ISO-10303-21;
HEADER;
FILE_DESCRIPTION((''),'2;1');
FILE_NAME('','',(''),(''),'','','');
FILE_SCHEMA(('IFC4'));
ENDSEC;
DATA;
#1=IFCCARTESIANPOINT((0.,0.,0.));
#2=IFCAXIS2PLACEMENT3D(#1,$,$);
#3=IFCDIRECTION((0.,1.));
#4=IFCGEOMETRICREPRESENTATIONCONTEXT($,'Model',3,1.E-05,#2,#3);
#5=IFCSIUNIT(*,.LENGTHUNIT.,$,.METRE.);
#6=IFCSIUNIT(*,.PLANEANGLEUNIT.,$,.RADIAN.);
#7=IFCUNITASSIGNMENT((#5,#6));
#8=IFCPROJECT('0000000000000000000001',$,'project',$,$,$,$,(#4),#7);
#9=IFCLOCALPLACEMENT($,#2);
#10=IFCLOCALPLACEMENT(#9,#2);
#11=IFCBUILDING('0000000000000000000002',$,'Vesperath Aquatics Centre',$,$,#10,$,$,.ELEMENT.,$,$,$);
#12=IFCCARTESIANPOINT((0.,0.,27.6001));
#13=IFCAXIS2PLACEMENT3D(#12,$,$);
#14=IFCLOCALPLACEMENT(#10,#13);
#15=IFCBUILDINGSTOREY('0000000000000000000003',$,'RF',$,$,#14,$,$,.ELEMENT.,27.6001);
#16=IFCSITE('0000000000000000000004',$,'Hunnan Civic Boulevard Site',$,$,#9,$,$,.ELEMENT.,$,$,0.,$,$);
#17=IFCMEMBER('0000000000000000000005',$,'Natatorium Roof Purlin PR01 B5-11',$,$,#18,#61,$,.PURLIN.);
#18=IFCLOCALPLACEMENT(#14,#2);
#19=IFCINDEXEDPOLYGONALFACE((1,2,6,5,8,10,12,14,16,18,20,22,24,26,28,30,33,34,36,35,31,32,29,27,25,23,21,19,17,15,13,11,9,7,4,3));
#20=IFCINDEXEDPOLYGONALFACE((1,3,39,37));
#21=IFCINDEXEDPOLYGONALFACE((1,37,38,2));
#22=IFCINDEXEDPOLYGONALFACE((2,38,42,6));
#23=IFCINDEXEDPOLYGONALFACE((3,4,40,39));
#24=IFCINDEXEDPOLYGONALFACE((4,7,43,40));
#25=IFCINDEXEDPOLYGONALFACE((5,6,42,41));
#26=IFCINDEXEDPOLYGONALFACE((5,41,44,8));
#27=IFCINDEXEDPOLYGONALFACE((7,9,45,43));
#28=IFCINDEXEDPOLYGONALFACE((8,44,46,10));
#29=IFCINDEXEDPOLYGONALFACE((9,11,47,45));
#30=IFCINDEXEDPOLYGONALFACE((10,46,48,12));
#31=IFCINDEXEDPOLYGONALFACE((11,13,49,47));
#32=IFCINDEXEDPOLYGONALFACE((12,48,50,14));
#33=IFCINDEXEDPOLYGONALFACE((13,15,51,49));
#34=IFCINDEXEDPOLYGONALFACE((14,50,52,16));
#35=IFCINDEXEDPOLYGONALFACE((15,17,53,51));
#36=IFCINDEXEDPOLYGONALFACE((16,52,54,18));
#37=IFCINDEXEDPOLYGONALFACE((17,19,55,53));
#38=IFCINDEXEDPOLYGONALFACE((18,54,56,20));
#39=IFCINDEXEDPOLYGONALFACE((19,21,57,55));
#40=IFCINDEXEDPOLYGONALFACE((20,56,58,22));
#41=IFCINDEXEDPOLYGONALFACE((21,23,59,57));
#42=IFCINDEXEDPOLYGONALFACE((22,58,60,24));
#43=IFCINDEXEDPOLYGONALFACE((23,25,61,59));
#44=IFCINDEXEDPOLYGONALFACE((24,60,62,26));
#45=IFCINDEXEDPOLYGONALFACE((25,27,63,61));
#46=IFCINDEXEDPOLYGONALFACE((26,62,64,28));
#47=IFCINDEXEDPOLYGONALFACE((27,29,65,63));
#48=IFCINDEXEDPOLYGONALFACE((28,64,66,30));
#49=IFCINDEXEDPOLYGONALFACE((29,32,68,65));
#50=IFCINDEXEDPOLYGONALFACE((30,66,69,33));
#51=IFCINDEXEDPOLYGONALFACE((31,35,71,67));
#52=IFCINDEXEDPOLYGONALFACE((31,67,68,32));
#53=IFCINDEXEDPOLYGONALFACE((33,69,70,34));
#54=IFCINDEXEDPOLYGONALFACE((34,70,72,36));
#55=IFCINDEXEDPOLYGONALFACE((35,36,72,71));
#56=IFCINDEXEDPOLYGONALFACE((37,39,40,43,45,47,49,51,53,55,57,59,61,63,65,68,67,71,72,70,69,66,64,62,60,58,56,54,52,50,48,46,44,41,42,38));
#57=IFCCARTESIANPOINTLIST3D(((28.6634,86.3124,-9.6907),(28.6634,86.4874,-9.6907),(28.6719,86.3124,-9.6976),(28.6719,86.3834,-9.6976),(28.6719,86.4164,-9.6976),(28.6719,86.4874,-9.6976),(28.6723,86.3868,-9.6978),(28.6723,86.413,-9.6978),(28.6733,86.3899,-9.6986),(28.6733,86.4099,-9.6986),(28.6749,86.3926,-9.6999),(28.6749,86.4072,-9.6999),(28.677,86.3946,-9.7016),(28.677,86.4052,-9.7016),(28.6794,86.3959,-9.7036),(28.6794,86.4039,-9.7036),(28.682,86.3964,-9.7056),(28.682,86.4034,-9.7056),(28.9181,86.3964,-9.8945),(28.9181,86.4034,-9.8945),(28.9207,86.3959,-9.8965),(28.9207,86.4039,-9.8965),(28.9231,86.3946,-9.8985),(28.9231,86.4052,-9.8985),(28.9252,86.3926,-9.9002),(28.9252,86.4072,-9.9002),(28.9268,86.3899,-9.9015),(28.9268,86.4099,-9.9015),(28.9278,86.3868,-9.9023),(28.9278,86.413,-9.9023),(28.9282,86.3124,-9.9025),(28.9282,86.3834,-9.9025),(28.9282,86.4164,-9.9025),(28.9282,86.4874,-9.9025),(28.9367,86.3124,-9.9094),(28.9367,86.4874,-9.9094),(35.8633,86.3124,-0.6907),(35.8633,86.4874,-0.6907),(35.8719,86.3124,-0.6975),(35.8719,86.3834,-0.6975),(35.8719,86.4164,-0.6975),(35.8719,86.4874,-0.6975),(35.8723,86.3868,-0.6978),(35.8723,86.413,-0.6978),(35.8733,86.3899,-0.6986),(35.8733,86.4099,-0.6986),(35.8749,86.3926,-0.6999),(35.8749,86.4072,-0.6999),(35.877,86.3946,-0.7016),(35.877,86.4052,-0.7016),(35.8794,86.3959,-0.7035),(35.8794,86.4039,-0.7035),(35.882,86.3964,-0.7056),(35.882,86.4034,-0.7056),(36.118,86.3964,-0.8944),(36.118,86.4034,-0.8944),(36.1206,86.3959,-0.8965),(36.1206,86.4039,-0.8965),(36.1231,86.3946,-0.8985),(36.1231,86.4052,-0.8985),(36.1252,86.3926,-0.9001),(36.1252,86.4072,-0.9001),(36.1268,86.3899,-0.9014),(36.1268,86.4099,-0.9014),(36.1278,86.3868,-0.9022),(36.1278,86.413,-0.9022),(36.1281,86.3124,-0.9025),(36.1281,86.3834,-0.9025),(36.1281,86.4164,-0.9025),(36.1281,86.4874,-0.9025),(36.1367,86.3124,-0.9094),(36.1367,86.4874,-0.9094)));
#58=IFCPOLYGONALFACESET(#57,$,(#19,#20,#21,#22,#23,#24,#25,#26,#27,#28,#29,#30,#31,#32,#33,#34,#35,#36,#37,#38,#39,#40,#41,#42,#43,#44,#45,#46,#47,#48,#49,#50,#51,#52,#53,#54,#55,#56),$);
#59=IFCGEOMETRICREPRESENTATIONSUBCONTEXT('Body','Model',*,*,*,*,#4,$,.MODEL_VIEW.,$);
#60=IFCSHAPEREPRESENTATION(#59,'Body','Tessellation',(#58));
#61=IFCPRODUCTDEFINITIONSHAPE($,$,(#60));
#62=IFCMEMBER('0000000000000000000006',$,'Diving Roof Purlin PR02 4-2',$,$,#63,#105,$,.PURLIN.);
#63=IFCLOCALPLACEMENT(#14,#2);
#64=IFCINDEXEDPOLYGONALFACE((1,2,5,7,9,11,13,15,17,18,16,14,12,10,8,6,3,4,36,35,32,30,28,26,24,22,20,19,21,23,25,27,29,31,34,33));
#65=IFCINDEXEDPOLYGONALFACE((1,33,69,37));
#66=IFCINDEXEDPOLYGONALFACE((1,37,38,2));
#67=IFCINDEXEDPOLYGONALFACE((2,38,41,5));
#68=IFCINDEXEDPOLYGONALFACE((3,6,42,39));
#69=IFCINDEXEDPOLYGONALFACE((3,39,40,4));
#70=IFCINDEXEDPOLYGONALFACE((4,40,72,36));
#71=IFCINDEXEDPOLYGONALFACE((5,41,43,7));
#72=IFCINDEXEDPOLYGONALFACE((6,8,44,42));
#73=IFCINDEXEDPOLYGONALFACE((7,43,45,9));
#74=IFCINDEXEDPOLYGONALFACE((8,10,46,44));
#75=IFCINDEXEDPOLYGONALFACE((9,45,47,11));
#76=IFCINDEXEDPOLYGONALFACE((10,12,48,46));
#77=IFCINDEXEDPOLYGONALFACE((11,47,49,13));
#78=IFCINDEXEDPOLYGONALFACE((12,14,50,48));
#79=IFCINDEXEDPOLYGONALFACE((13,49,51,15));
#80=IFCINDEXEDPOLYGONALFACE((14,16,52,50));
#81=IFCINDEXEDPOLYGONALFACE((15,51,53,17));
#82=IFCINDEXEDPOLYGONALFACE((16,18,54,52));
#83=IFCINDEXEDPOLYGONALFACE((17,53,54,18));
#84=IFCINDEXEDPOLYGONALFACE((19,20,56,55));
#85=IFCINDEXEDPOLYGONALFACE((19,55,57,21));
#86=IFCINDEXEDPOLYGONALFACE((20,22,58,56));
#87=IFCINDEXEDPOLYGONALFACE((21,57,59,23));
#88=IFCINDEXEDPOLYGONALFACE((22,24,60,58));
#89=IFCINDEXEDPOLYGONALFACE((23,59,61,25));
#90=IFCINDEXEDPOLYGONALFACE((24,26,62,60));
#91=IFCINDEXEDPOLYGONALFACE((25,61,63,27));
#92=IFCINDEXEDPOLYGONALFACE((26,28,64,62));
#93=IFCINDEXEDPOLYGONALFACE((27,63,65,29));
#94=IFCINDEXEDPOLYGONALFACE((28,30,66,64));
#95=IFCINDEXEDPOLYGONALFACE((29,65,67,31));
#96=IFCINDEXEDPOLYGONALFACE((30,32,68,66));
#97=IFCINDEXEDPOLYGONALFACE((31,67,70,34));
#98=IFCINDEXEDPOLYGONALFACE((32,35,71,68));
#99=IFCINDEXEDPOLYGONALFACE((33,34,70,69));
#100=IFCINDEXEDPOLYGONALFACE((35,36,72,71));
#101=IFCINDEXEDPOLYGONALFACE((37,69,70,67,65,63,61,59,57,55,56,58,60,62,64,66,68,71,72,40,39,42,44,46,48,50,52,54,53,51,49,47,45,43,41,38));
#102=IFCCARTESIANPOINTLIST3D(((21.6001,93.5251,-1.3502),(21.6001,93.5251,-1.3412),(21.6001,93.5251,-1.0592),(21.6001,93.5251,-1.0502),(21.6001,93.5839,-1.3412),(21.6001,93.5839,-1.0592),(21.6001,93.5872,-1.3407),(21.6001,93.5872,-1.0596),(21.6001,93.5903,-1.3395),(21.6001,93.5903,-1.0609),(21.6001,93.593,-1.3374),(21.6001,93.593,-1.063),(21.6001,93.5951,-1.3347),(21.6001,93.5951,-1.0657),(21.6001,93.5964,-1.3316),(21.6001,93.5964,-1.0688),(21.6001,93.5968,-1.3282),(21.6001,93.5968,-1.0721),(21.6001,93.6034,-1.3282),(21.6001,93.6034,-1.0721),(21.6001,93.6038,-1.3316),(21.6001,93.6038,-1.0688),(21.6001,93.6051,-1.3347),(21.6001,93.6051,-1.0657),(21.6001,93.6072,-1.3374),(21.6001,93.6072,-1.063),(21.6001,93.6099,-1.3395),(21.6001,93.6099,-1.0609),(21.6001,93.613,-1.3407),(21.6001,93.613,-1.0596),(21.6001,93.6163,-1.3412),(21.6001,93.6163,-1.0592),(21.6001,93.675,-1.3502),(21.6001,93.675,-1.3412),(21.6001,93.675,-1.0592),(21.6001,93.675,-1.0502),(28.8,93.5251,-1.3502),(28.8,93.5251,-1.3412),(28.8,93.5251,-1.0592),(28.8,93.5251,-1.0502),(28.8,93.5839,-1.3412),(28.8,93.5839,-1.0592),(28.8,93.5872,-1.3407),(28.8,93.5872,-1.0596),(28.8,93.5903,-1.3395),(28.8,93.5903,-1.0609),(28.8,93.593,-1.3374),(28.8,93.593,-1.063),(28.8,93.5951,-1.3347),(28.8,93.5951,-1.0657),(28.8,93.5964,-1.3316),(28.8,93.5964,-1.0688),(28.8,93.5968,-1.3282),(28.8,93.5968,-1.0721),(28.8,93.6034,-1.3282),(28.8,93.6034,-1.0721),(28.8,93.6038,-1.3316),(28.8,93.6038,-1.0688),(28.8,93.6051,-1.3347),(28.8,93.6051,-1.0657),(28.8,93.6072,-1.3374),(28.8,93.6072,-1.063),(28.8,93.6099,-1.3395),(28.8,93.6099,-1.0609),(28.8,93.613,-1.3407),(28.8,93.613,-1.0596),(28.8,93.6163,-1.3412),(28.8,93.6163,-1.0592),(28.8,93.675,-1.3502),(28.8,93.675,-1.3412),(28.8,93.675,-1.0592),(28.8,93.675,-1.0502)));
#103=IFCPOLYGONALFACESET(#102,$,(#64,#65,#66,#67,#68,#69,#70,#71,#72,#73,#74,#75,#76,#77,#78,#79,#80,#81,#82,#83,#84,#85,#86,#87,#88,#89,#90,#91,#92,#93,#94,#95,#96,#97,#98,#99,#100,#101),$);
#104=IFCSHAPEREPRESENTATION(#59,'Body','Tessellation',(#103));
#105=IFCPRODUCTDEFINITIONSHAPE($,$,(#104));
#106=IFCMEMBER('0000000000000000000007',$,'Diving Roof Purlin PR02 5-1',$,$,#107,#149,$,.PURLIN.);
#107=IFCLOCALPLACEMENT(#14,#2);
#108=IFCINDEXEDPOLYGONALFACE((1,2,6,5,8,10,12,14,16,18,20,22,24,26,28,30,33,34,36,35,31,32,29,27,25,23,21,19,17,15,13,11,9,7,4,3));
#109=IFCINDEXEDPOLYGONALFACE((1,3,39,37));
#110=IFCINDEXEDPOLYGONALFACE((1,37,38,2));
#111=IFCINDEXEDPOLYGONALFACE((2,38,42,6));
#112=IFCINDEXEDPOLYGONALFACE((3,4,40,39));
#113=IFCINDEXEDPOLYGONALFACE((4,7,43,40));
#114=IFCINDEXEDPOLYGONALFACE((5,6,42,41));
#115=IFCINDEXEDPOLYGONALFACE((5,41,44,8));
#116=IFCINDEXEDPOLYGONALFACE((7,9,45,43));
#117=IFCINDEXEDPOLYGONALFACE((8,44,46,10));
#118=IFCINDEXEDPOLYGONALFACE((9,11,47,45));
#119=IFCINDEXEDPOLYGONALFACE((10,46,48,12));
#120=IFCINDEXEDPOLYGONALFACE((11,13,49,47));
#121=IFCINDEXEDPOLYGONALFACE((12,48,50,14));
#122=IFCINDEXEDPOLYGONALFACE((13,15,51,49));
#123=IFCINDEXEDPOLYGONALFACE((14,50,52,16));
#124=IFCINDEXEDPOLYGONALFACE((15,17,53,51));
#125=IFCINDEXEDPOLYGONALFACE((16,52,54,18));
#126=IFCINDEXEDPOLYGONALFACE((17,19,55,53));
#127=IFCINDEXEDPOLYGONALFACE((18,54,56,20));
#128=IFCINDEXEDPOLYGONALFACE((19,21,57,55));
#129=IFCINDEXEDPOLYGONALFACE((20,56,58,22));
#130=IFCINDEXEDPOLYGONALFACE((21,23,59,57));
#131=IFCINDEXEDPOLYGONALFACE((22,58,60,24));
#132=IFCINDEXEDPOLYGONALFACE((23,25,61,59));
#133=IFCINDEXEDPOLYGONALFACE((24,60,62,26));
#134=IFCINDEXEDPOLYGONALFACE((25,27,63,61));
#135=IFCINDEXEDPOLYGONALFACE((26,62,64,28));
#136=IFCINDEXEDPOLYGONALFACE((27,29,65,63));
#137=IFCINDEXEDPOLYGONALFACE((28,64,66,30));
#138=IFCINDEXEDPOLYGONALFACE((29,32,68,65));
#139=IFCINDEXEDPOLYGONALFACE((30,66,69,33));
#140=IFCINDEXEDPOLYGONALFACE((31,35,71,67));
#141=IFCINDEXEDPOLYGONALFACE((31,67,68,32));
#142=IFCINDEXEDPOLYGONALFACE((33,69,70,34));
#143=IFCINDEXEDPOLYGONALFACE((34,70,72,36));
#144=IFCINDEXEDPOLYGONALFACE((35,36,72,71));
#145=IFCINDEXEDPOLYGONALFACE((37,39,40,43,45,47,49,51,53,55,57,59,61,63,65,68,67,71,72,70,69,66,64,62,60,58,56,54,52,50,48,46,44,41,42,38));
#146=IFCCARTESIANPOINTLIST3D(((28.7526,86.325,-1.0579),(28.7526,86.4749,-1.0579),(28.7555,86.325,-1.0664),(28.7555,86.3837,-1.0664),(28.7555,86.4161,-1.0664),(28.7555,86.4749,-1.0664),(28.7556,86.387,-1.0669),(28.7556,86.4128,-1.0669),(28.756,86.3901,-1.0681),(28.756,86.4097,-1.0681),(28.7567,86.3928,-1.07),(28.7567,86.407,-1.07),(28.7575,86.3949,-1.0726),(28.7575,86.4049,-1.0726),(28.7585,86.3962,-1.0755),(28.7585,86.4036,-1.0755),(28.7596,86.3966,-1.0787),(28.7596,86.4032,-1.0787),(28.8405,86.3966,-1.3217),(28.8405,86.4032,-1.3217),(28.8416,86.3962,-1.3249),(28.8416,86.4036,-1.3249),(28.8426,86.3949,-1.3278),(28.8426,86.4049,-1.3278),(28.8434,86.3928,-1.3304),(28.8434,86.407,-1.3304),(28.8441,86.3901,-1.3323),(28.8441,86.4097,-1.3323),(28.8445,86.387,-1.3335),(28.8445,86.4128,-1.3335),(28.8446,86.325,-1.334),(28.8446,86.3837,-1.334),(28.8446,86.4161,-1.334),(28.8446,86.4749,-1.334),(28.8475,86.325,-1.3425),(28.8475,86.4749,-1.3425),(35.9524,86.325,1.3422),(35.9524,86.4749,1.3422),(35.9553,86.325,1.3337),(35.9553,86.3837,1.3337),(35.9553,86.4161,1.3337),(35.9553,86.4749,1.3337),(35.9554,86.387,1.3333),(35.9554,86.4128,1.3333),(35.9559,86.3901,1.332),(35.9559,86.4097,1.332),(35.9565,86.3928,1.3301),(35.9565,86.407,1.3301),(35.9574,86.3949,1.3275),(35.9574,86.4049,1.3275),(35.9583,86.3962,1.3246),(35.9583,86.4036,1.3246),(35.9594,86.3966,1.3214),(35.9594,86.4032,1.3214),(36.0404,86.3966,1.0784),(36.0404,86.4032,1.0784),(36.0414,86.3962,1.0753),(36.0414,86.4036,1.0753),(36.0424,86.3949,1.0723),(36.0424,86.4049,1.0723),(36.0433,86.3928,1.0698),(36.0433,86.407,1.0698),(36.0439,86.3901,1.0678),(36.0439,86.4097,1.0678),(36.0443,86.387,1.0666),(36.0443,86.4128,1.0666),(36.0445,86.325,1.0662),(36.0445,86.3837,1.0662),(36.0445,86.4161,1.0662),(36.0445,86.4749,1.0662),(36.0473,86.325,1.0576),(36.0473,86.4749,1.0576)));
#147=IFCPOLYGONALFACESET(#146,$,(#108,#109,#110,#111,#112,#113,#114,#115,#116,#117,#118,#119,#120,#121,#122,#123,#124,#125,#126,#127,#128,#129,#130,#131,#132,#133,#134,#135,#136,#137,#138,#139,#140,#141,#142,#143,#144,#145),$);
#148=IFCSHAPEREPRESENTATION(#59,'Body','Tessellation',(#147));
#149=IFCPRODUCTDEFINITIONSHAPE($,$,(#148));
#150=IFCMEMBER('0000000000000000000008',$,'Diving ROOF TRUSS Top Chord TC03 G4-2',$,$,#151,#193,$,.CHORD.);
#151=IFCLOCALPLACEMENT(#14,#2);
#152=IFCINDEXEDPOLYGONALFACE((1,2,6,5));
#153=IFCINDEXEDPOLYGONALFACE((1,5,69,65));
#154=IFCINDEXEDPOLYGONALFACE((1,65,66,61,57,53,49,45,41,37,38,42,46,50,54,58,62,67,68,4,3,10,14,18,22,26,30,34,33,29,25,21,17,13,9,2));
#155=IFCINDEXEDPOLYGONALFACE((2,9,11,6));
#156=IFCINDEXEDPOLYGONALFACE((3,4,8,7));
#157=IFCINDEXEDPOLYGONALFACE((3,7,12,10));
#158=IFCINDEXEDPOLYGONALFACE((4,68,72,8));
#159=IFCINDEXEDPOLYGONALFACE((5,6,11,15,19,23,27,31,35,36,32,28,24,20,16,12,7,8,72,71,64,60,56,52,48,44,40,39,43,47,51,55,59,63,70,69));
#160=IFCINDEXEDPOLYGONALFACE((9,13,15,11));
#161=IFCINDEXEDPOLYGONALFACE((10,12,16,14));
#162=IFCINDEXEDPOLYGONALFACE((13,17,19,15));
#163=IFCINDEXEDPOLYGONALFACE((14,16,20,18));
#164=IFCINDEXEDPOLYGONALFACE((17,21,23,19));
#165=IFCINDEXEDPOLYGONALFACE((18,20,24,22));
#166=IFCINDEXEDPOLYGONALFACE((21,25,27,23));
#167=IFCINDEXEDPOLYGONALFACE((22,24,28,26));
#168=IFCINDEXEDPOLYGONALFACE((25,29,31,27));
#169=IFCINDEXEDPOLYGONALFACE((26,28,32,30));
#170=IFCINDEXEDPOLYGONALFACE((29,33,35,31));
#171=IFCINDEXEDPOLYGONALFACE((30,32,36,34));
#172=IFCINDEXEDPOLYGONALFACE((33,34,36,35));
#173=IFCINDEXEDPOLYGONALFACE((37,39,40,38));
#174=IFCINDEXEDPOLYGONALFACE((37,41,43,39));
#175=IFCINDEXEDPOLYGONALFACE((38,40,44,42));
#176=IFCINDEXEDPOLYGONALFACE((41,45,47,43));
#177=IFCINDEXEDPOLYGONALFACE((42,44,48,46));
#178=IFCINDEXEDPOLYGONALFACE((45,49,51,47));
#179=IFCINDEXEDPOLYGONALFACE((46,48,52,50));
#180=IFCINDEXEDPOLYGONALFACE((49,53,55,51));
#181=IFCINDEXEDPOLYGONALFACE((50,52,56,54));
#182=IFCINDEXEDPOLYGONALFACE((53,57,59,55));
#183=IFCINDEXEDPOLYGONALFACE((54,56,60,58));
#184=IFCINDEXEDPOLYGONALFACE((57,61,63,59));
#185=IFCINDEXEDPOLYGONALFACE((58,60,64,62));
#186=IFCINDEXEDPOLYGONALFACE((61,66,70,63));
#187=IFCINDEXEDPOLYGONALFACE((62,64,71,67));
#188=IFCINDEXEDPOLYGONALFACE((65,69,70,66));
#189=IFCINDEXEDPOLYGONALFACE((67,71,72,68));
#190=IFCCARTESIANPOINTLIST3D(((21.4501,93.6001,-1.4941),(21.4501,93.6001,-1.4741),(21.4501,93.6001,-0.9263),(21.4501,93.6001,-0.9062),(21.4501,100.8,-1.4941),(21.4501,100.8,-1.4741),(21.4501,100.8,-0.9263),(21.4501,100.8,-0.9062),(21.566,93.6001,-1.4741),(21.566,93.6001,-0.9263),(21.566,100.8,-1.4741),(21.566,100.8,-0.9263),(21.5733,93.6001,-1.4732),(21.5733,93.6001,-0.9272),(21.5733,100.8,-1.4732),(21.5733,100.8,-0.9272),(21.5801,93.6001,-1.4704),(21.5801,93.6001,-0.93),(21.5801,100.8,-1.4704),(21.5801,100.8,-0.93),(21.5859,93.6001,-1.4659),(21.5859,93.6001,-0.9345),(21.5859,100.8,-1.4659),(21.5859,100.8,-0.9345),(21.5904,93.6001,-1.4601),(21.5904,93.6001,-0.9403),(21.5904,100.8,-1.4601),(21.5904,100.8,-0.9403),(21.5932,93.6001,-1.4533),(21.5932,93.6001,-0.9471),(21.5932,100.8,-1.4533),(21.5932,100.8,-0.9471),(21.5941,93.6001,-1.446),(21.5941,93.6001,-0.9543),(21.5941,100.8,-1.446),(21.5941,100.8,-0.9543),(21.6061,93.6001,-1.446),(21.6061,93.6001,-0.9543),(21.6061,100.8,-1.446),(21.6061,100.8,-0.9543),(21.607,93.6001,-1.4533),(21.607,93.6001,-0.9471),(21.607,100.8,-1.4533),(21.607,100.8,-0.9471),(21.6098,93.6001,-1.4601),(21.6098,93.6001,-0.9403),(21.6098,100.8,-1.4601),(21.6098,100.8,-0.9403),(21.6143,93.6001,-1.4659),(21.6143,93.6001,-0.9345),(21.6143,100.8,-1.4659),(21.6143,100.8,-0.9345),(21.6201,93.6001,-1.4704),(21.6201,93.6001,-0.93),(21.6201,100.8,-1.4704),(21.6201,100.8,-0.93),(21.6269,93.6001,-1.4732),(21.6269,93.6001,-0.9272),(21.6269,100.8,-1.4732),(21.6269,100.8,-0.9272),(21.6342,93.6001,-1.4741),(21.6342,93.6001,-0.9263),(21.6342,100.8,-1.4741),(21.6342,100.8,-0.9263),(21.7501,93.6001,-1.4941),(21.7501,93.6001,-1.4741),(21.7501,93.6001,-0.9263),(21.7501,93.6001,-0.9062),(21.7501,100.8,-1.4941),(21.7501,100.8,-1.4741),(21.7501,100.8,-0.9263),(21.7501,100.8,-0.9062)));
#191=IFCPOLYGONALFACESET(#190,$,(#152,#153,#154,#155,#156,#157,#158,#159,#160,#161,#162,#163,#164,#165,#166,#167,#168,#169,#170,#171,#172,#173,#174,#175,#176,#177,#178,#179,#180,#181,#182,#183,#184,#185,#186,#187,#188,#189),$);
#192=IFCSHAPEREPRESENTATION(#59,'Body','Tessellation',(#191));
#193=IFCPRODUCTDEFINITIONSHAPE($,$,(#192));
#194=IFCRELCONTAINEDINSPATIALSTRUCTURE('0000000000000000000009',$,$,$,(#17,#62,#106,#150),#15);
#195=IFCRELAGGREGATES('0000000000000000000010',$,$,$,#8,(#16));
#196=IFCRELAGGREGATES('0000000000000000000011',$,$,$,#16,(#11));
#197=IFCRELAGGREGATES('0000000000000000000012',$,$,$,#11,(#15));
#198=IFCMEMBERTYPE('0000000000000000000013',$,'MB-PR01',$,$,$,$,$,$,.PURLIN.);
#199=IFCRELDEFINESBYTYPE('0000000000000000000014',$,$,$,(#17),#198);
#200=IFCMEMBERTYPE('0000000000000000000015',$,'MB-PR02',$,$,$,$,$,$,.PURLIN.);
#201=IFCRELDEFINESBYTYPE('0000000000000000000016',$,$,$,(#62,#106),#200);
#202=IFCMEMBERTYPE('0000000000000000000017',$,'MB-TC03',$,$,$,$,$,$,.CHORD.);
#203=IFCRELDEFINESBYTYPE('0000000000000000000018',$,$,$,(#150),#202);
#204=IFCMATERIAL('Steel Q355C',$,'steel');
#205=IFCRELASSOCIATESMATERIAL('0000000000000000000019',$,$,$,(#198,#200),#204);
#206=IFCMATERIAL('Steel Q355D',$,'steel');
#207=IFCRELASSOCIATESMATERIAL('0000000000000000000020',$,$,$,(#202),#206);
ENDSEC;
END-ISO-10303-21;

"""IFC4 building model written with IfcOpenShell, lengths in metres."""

from ifc_helpers import new_model, si_unit, direction, frame, origin, origin_2d, place, context, subcontext, project, spatial, i_section, extrude, material, material_profile, profile_set, type_object, element, save


model = new_model("IFC4")

# Units and contexts
model_context = context("Model", 3, precision=1e-05, world=origin(), true_north=direction((0.0, 1.0)))
body_context = subcontext(model_context, "Body", "Model", "MODEL_VIEW")
ifc_project = project(units=[si_unit("LENGTHUNIT", "METRE"), si_unit("PLANEANGLEUNIT", "RADIAN")], contexts=[model_context])

# Site, building, storey
site_placement = place(None, origin())
site = spatial("IfcSite", under=ifc_project, at=site_placement, Name="Hunnan Civic Boulevard Site", CompositionType="ELEMENT", RefElevation=0.0)
building_placement = place(site_placement, origin())
building = spatial("IfcBuilding", under=site, at=building_placement, Name="Vesperath Aquatics Centre", CompositionType="ELEMENT")
storey_placement = place(building_placement, frame((0.0, 0.0, 27.6001)))
storey = spatial("IfcBuildingStorey", under=building, at=storey_placement, Name="RF", CompositionType="ELEMENT", Elevation=27.6001)

# Shared definitions
ifc_material_1 = material(Name="Steel Q355C", Category="steel")

# Members
ifc_material_2 = material(Name="Steel Q355D", Category="steel")
ifc_material_profile_1 = material_profile(ifc_material_1, i_section(OverallWidth=0.175, OverallDepth=0.3501, WebThickness=0.0071, FlangeThickness=0.011, FilletRadius=0.0129, at=origin_2d()), Name="HN 350x175x7x11")
ifc_profile_set_1 = profile_set([ifc_material_profile_1], Name="Steel Q355C")
member_type_1 = type_object("IfcMemberType", Name="MB-PR01", PredefinedType="PURLIN", material=ifc_profile_set_1)
member_1_placement = place(storey_placement, frame((28.8, 86.3999, -9.8), z_axis=(0.624692, 0.0, 0.780871), x_axis=(0.0, 1.0, 0.0)))
element("IfcMember", 1, at=member_1_placement, inside=storey, type_object=member_type_1, Name="Natatorium Roof Purlin PR01 B5-11", PredefinedType="PURLIN", context=body_context, shape_type="SweptSolid", body=[
    extrude(i_section(OverallWidth=0.175, OverallDepth=0.3501, WebThickness=0.0071, FlangeThickness=0.011, FilletRadius=0.0129, at=origin_2d()), origin(), (0.0, 0.0, 1.0), 11.5256),
])
ifc_material_profile_2 = material_profile(ifc_material_1, i_section(OverallWidth=0.1499, OverallDepth=0.3, WebThickness=0.0066, FlangeThickness=0.009, FilletRadius=0.0129, at=origin_2d()), Name="HN 300x150x6.5x9")
ifc_profile_set_2 = profile_set([ifc_material_profile_2], Name="Steel Q355C")
member_type_2 = type_object("IfcMemberType", Name="MB-PR02", PredefinedType="PURLIN", material=ifc_profile_set_2)
member_2_placement = place(storey_placement, frame((21.6001, 93.6001, -1.2002), z_axis=(1.0, 0.0, 0.0), x_axis=(0.0, 1.0, 0.0)))
element("IfcMember", 2, at=member_2_placement, inside=storey, type_object=member_type_2, Name="Diving Roof Purlin PR02 4-2", PredefinedType="PURLIN", context=body_context, shape_type="SweptSolid", body=[
    extrude(i_section(OverallWidth=0.1499, OverallDepth=0.3, WebThickness=0.0066, FlangeThickness=0.009, FilletRadius=0.0129, at=origin_2d()), origin(), (0.0, 0.0, 1.0), 7.2),
])
member_3_placement = place(storey_placement, frame((28.8, 86.3999, -1.2002), z_axis=(0.948677, 0.0, 0.316247), x_axis=(0.0, 1.0, 0.0)))
element("IfcMember", 3, at=member_3_placement, inside=storey, type_object=member_type_2, Name="Diving Roof Purlin PR02 5-1", PredefinedType="PURLIN", context=body_context, shape_type="SweptSolid", body=[
    extrude(i_section(OverallWidth=0.1499, OverallDepth=0.3, WebThickness=0.0066, FlangeThickness=0.009, FilletRadius=0.0129, at=origin_2d()), origin(), (0.0, 0.0, 1.0), 7.5894),
])
ifc_material_profile_3 = material_profile(ifc_material_2, i_section(OverallWidth=0.3, OverallDepth=0.5879, WebThickness=0.012, FlangeThickness=0.02, FilletRadius=0.0281, at=origin_2d()), Name="HM 588x300x12x20")
ifc_profile_set_3 = profile_set([ifc_material_profile_3], Name="Steel Q355D")
member_type_3 = type_object("IfcMemberType", Name="MB-TC03", PredefinedType="CHORD", material=ifc_profile_set_3)
member_4_placement = place(storey_placement, frame((21.6001, 93.6001, -1.2002), z_axis=(0.0, 1.0, 0.0), x_axis=(-1.0, 0.0, 0.0)))
element("IfcMember", 4, at=member_4_placement, inside=storey, type_object=member_type_3, Name="Diving ROOF TRUSS Top Chord TC03 G4-2", PredefinedType="CHORD", context=body_context, shape_type="SweptSolid", body=[
    extrude(i_section(OverallWidth=0.3, OverallDepth=0.5879, WebThickness=0.012, FlangeThickness=0.02, FilletRadius=0.0281, at=origin_2d()), origin(), (0.0, 0.0, 1.0), 7.2),
])

save(model, "model.ifc")
